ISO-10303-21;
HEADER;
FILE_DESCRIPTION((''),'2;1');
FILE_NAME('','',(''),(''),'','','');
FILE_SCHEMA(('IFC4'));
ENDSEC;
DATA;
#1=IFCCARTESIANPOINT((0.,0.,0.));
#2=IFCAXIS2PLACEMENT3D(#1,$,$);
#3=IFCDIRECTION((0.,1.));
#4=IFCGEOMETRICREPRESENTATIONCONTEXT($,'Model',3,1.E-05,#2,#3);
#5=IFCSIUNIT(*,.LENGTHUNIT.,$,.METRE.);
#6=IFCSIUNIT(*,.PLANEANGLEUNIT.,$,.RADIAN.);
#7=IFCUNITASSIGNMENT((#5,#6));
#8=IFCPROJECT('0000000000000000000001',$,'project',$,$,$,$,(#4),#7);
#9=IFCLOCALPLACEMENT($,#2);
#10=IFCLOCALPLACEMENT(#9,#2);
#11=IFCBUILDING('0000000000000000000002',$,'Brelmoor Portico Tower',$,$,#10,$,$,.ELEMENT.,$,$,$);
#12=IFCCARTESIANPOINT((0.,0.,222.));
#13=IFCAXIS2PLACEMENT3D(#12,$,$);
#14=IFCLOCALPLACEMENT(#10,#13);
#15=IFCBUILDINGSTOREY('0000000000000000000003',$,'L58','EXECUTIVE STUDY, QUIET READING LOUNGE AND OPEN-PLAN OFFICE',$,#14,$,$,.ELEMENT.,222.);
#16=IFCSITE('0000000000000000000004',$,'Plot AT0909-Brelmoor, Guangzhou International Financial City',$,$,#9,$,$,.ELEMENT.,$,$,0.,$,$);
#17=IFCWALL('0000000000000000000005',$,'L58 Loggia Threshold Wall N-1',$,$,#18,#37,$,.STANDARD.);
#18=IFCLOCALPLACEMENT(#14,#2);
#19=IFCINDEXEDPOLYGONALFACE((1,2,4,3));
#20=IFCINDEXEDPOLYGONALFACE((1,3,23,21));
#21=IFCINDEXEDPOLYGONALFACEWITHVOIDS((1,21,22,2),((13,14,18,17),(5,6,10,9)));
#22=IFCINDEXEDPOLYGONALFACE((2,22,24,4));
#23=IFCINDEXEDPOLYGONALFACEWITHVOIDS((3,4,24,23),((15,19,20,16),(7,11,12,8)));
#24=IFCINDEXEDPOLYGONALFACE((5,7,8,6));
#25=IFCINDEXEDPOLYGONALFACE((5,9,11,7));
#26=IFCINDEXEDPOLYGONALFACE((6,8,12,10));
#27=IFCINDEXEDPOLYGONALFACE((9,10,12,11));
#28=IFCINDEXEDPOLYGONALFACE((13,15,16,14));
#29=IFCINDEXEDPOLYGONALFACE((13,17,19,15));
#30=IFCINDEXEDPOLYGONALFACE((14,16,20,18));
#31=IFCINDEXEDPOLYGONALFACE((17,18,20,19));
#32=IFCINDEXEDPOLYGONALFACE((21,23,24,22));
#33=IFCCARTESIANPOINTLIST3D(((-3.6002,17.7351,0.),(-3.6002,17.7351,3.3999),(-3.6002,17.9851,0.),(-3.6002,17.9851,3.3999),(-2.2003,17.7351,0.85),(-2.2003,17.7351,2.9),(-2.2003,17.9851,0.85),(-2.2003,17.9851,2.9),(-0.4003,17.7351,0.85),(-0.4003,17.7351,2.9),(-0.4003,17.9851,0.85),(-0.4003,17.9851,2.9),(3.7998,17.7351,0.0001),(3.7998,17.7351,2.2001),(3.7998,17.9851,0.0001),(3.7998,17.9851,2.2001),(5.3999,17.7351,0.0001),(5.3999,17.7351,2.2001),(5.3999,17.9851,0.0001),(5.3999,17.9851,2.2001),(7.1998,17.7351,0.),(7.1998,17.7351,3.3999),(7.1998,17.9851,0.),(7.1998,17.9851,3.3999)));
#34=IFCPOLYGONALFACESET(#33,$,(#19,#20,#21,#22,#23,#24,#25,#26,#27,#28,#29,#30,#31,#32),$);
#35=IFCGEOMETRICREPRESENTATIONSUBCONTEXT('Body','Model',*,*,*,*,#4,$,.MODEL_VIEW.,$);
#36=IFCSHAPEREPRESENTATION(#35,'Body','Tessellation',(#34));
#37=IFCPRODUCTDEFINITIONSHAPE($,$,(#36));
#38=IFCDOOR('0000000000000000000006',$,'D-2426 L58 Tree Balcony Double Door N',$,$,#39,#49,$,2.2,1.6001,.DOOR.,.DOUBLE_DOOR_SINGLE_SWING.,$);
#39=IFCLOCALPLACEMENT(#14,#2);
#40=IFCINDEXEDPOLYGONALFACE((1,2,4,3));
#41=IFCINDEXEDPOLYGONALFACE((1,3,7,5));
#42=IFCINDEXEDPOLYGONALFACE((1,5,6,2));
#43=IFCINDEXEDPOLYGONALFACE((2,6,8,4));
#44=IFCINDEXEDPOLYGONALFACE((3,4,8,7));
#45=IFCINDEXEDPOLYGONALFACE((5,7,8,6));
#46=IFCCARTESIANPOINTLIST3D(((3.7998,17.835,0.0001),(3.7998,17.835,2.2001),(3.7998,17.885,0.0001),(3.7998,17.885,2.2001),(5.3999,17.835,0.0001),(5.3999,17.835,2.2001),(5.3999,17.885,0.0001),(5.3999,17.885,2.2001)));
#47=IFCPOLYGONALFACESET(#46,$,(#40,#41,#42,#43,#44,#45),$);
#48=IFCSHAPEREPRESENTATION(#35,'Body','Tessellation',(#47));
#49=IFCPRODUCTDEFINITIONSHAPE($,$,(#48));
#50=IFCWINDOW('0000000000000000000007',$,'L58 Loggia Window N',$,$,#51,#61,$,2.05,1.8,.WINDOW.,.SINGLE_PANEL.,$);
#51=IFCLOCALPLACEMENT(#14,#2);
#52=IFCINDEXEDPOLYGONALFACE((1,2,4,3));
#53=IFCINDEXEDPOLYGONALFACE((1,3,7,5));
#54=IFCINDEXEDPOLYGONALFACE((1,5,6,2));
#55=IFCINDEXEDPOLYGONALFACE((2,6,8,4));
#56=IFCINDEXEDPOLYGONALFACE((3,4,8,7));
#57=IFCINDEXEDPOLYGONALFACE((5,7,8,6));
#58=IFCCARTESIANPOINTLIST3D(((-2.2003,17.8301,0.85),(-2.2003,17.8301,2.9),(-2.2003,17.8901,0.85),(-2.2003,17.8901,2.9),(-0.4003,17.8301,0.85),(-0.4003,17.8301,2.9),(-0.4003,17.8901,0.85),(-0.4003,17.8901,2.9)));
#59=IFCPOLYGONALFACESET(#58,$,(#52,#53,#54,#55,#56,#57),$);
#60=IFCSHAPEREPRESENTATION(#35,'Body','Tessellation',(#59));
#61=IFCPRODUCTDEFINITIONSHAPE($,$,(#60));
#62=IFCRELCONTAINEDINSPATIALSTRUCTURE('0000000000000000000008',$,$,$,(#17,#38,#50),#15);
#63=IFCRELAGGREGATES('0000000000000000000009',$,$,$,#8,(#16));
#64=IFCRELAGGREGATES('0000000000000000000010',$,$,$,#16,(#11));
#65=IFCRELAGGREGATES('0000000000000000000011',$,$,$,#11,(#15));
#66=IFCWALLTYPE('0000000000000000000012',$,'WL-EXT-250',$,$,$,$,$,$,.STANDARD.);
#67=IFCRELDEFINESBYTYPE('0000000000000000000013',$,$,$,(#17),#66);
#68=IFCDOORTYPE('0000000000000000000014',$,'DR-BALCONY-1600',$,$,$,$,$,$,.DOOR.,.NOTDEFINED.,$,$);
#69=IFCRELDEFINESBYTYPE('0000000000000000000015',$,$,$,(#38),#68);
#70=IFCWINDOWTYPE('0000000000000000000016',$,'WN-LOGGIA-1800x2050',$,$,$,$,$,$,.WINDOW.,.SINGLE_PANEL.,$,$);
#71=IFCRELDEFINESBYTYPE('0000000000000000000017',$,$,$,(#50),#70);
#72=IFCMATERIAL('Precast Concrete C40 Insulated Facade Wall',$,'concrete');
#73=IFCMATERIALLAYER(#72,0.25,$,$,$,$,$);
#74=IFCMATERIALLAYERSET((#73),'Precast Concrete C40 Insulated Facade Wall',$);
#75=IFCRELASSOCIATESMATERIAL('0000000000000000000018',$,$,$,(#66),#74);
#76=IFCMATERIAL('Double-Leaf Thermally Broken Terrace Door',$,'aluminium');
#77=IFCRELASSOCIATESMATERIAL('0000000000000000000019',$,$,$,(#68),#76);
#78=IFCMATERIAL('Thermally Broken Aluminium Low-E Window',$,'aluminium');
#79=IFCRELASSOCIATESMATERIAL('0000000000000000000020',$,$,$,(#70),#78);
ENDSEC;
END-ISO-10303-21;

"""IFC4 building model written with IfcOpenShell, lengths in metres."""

from ifc_helpers import new_model, si_unit, direction, frame, frame_2d, origin, place, context, subcontext, project, spatial, rectangle, extrude, material, layer, layer_set, type_object, element, fill, save


model = new_model("IFC4")

# Units and contexts
model_context = context("Model", 3, precision=1e-05, world=origin(), true_north=direction((0.0, 1.0)))
body_context = subcontext(model_context, "Body", "Model", "MODEL_VIEW")
ifc_project = project(units=[si_unit("LENGTHUNIT", "METRE"), si_unit("PLANEANGLEUNIT", "RADIAN")], contexts=[model_context])

# Site, building, storey
site_placement = place(None, origin())
site = spatial("IfcSite", under=ifc_project, at=site_placement, Name="Plot AT0909-Brelmoor, Guangzhou International Financial City", CompositionType="ELEMENT", RefElevation=0.0)
building_placement = place(site_placement, origin())
building = spatial("IfcBuilding", under=site, at=building_placement, Name="Brelmoor Portico Tower", CompositionType="ELEMENT")
storey_placement = place(building_placement, frame((0.0, 0.0, 222.0)))
storey = spatial("IfcBuildingStorey", under=building, at=storey_placement, Name="L58", Description="EXECUTIVE STUDY, QUIET READING LOUNGE AND OPEN-PLAN OFFICE", CompositionType="ELEMENT", Elevation=222.0)

# Wall, openings, door, window
ifc_material_1 = material(Name="Precast Concrete C40 Insulated Facade Wall", Category="concrete")
ifc_layer_1 = layer(ifc_material_1, 0.25)
ifc_layer_set_1 = layer_set([ifc_layer_1], Name="Precast Concrete C40 Insulated Facade Wall")
wall_type = type_object("IfcWallType", Name="WL-EXT-250", PredefinedType="STANDARD", material=ifc_layer_set_1)
wall_placement = place(storey_placement, frame((-3.6001, 17.8601, 0.0), z_axis=(0.0, 0.0, 1.0), x_axis=(1.0, 0.0, 0.0)))
wall = element("IfcWall", 1, at=wall_placement, inside=storey, type_object=wall_type, Name="L58 Loggia Threshold Wall N-1", PredefinedType="STANDARD", context=body_context, shape_type="SweptSolid", body=[
    extrude(rectangle(XDim=10.8, YDim=0.25, at=frame_2d((5.3999, 0.0))), origin(), (0.0, 0.0, 1.0), 3.3999),
])
opening_1_placement = place(wall_placement, frame((7.3999, 0.0, 0.0)))
opening_1 = element("IfcOpeningElement", 2, at=opening_1_placement, cuts=wall, PredefinedType="OPENING", context=body_context, shape_type="SweptSolid", body=[
    extrude(rectangle(XDim=1.6001, YDim=2.2, at=frame_2d((0.8, 1.1001))), frame((0.0, 0.135, 0.0), z_axis=(0.0, -1.0, 0.0), x_axis=(1.0, 0.0, 0.0)), (0.0, 0.0, 1.0), 0.27),
])
opening_2_placement = place(wall_placement, frame((1.3999, 0.0, 0.8501)))
opening_2 = element("IfcOpeningElement", 3, at=opening_2_placement, cuts=wall, PredefinedType="OPENING", context=body_context, shape_type="SweptSolid", body=[
    extrude(rectangle(XDim=1.8, YDim=2.05, at=frame_2d((0.8999, 1.0249))), frame((0.0, 0.135, 0.0), z_axis=(0.0, -1.0, 0.0), x_axis=(1.0, 0.0, 0.0)), (0.0, 0.0, 1.0), 0.27),
])
ifc_material_2 = material(Name="Double-Leaf Thermally Broken Terrace Door", Category="aluminium")
door_type = type_object("IfcDoorType", Name="DR-BALCONY-1600", OperationType="NOTDEFINED", PredefinedType="DOOR", material=ifc_material_2)
door_placement = place(opening_1_placement, origin())
door = element("IfcDoor", 4, at=door_placement, inside=storey, type_object=door_type, Name="D-2426 L58 Tree Balcony Double Door N", OperationType="DOUBLE_DOOR_SINGLE_SWING", OverallHeight=2.2, OverallWidth=1.6001, PredefinedType="DOOR", context=body_context, shape_type="SweptSolid", body=[
    extrude(rectangle(XDim=1.6001, YDim=2.2, at=frame_2d((0.8, 1.1001))), frame((0.0, 0.0249, 0.0), z_axis=(0.0, -1.0, 0.0), x_axis=(1.0, 0.0, 0.0)), (0.0, 0.0, 1.0), 0.05),
])
fill(opening_1, door)
ifc_material_3 = material(Name="Thermally Broken Aluminium Low-E Window", Category="aluminium")
window_type = type_object("IfcWindowType", Name="WN-LOGGIA-1800x2050", PartitioningType="SINGLE_PANEL", PredefinedType="WINDOW", material=ifc_material_3)
window_placement = place(opening_2_placement, origin())
window = element("IfcWindow", 5, at=window_placement, inside=storey, type_object=window_type, Name="L58 Loggia Window N", OverallHeight=2.05, OverallWidth=1.8, PartitioningType="SINGLE_PANEL", PredefinedType="WINDOW", context=body_context, shape_type="SweptSolid", body=[
    extrude(rectangle(XDim=1.8, YDim=2.05, at=frame_2d((0.8999, 1.0249))), frame((0.0, 0.03, 0.0), z_axis=(0.0, -1.0, 0.0), x_axis=(1.0, 0.0, 0.0)), (0.0, 0.0, 1.0), 0.0601),
])
fill(opening_2, window)

save(model, "model.ifc")
